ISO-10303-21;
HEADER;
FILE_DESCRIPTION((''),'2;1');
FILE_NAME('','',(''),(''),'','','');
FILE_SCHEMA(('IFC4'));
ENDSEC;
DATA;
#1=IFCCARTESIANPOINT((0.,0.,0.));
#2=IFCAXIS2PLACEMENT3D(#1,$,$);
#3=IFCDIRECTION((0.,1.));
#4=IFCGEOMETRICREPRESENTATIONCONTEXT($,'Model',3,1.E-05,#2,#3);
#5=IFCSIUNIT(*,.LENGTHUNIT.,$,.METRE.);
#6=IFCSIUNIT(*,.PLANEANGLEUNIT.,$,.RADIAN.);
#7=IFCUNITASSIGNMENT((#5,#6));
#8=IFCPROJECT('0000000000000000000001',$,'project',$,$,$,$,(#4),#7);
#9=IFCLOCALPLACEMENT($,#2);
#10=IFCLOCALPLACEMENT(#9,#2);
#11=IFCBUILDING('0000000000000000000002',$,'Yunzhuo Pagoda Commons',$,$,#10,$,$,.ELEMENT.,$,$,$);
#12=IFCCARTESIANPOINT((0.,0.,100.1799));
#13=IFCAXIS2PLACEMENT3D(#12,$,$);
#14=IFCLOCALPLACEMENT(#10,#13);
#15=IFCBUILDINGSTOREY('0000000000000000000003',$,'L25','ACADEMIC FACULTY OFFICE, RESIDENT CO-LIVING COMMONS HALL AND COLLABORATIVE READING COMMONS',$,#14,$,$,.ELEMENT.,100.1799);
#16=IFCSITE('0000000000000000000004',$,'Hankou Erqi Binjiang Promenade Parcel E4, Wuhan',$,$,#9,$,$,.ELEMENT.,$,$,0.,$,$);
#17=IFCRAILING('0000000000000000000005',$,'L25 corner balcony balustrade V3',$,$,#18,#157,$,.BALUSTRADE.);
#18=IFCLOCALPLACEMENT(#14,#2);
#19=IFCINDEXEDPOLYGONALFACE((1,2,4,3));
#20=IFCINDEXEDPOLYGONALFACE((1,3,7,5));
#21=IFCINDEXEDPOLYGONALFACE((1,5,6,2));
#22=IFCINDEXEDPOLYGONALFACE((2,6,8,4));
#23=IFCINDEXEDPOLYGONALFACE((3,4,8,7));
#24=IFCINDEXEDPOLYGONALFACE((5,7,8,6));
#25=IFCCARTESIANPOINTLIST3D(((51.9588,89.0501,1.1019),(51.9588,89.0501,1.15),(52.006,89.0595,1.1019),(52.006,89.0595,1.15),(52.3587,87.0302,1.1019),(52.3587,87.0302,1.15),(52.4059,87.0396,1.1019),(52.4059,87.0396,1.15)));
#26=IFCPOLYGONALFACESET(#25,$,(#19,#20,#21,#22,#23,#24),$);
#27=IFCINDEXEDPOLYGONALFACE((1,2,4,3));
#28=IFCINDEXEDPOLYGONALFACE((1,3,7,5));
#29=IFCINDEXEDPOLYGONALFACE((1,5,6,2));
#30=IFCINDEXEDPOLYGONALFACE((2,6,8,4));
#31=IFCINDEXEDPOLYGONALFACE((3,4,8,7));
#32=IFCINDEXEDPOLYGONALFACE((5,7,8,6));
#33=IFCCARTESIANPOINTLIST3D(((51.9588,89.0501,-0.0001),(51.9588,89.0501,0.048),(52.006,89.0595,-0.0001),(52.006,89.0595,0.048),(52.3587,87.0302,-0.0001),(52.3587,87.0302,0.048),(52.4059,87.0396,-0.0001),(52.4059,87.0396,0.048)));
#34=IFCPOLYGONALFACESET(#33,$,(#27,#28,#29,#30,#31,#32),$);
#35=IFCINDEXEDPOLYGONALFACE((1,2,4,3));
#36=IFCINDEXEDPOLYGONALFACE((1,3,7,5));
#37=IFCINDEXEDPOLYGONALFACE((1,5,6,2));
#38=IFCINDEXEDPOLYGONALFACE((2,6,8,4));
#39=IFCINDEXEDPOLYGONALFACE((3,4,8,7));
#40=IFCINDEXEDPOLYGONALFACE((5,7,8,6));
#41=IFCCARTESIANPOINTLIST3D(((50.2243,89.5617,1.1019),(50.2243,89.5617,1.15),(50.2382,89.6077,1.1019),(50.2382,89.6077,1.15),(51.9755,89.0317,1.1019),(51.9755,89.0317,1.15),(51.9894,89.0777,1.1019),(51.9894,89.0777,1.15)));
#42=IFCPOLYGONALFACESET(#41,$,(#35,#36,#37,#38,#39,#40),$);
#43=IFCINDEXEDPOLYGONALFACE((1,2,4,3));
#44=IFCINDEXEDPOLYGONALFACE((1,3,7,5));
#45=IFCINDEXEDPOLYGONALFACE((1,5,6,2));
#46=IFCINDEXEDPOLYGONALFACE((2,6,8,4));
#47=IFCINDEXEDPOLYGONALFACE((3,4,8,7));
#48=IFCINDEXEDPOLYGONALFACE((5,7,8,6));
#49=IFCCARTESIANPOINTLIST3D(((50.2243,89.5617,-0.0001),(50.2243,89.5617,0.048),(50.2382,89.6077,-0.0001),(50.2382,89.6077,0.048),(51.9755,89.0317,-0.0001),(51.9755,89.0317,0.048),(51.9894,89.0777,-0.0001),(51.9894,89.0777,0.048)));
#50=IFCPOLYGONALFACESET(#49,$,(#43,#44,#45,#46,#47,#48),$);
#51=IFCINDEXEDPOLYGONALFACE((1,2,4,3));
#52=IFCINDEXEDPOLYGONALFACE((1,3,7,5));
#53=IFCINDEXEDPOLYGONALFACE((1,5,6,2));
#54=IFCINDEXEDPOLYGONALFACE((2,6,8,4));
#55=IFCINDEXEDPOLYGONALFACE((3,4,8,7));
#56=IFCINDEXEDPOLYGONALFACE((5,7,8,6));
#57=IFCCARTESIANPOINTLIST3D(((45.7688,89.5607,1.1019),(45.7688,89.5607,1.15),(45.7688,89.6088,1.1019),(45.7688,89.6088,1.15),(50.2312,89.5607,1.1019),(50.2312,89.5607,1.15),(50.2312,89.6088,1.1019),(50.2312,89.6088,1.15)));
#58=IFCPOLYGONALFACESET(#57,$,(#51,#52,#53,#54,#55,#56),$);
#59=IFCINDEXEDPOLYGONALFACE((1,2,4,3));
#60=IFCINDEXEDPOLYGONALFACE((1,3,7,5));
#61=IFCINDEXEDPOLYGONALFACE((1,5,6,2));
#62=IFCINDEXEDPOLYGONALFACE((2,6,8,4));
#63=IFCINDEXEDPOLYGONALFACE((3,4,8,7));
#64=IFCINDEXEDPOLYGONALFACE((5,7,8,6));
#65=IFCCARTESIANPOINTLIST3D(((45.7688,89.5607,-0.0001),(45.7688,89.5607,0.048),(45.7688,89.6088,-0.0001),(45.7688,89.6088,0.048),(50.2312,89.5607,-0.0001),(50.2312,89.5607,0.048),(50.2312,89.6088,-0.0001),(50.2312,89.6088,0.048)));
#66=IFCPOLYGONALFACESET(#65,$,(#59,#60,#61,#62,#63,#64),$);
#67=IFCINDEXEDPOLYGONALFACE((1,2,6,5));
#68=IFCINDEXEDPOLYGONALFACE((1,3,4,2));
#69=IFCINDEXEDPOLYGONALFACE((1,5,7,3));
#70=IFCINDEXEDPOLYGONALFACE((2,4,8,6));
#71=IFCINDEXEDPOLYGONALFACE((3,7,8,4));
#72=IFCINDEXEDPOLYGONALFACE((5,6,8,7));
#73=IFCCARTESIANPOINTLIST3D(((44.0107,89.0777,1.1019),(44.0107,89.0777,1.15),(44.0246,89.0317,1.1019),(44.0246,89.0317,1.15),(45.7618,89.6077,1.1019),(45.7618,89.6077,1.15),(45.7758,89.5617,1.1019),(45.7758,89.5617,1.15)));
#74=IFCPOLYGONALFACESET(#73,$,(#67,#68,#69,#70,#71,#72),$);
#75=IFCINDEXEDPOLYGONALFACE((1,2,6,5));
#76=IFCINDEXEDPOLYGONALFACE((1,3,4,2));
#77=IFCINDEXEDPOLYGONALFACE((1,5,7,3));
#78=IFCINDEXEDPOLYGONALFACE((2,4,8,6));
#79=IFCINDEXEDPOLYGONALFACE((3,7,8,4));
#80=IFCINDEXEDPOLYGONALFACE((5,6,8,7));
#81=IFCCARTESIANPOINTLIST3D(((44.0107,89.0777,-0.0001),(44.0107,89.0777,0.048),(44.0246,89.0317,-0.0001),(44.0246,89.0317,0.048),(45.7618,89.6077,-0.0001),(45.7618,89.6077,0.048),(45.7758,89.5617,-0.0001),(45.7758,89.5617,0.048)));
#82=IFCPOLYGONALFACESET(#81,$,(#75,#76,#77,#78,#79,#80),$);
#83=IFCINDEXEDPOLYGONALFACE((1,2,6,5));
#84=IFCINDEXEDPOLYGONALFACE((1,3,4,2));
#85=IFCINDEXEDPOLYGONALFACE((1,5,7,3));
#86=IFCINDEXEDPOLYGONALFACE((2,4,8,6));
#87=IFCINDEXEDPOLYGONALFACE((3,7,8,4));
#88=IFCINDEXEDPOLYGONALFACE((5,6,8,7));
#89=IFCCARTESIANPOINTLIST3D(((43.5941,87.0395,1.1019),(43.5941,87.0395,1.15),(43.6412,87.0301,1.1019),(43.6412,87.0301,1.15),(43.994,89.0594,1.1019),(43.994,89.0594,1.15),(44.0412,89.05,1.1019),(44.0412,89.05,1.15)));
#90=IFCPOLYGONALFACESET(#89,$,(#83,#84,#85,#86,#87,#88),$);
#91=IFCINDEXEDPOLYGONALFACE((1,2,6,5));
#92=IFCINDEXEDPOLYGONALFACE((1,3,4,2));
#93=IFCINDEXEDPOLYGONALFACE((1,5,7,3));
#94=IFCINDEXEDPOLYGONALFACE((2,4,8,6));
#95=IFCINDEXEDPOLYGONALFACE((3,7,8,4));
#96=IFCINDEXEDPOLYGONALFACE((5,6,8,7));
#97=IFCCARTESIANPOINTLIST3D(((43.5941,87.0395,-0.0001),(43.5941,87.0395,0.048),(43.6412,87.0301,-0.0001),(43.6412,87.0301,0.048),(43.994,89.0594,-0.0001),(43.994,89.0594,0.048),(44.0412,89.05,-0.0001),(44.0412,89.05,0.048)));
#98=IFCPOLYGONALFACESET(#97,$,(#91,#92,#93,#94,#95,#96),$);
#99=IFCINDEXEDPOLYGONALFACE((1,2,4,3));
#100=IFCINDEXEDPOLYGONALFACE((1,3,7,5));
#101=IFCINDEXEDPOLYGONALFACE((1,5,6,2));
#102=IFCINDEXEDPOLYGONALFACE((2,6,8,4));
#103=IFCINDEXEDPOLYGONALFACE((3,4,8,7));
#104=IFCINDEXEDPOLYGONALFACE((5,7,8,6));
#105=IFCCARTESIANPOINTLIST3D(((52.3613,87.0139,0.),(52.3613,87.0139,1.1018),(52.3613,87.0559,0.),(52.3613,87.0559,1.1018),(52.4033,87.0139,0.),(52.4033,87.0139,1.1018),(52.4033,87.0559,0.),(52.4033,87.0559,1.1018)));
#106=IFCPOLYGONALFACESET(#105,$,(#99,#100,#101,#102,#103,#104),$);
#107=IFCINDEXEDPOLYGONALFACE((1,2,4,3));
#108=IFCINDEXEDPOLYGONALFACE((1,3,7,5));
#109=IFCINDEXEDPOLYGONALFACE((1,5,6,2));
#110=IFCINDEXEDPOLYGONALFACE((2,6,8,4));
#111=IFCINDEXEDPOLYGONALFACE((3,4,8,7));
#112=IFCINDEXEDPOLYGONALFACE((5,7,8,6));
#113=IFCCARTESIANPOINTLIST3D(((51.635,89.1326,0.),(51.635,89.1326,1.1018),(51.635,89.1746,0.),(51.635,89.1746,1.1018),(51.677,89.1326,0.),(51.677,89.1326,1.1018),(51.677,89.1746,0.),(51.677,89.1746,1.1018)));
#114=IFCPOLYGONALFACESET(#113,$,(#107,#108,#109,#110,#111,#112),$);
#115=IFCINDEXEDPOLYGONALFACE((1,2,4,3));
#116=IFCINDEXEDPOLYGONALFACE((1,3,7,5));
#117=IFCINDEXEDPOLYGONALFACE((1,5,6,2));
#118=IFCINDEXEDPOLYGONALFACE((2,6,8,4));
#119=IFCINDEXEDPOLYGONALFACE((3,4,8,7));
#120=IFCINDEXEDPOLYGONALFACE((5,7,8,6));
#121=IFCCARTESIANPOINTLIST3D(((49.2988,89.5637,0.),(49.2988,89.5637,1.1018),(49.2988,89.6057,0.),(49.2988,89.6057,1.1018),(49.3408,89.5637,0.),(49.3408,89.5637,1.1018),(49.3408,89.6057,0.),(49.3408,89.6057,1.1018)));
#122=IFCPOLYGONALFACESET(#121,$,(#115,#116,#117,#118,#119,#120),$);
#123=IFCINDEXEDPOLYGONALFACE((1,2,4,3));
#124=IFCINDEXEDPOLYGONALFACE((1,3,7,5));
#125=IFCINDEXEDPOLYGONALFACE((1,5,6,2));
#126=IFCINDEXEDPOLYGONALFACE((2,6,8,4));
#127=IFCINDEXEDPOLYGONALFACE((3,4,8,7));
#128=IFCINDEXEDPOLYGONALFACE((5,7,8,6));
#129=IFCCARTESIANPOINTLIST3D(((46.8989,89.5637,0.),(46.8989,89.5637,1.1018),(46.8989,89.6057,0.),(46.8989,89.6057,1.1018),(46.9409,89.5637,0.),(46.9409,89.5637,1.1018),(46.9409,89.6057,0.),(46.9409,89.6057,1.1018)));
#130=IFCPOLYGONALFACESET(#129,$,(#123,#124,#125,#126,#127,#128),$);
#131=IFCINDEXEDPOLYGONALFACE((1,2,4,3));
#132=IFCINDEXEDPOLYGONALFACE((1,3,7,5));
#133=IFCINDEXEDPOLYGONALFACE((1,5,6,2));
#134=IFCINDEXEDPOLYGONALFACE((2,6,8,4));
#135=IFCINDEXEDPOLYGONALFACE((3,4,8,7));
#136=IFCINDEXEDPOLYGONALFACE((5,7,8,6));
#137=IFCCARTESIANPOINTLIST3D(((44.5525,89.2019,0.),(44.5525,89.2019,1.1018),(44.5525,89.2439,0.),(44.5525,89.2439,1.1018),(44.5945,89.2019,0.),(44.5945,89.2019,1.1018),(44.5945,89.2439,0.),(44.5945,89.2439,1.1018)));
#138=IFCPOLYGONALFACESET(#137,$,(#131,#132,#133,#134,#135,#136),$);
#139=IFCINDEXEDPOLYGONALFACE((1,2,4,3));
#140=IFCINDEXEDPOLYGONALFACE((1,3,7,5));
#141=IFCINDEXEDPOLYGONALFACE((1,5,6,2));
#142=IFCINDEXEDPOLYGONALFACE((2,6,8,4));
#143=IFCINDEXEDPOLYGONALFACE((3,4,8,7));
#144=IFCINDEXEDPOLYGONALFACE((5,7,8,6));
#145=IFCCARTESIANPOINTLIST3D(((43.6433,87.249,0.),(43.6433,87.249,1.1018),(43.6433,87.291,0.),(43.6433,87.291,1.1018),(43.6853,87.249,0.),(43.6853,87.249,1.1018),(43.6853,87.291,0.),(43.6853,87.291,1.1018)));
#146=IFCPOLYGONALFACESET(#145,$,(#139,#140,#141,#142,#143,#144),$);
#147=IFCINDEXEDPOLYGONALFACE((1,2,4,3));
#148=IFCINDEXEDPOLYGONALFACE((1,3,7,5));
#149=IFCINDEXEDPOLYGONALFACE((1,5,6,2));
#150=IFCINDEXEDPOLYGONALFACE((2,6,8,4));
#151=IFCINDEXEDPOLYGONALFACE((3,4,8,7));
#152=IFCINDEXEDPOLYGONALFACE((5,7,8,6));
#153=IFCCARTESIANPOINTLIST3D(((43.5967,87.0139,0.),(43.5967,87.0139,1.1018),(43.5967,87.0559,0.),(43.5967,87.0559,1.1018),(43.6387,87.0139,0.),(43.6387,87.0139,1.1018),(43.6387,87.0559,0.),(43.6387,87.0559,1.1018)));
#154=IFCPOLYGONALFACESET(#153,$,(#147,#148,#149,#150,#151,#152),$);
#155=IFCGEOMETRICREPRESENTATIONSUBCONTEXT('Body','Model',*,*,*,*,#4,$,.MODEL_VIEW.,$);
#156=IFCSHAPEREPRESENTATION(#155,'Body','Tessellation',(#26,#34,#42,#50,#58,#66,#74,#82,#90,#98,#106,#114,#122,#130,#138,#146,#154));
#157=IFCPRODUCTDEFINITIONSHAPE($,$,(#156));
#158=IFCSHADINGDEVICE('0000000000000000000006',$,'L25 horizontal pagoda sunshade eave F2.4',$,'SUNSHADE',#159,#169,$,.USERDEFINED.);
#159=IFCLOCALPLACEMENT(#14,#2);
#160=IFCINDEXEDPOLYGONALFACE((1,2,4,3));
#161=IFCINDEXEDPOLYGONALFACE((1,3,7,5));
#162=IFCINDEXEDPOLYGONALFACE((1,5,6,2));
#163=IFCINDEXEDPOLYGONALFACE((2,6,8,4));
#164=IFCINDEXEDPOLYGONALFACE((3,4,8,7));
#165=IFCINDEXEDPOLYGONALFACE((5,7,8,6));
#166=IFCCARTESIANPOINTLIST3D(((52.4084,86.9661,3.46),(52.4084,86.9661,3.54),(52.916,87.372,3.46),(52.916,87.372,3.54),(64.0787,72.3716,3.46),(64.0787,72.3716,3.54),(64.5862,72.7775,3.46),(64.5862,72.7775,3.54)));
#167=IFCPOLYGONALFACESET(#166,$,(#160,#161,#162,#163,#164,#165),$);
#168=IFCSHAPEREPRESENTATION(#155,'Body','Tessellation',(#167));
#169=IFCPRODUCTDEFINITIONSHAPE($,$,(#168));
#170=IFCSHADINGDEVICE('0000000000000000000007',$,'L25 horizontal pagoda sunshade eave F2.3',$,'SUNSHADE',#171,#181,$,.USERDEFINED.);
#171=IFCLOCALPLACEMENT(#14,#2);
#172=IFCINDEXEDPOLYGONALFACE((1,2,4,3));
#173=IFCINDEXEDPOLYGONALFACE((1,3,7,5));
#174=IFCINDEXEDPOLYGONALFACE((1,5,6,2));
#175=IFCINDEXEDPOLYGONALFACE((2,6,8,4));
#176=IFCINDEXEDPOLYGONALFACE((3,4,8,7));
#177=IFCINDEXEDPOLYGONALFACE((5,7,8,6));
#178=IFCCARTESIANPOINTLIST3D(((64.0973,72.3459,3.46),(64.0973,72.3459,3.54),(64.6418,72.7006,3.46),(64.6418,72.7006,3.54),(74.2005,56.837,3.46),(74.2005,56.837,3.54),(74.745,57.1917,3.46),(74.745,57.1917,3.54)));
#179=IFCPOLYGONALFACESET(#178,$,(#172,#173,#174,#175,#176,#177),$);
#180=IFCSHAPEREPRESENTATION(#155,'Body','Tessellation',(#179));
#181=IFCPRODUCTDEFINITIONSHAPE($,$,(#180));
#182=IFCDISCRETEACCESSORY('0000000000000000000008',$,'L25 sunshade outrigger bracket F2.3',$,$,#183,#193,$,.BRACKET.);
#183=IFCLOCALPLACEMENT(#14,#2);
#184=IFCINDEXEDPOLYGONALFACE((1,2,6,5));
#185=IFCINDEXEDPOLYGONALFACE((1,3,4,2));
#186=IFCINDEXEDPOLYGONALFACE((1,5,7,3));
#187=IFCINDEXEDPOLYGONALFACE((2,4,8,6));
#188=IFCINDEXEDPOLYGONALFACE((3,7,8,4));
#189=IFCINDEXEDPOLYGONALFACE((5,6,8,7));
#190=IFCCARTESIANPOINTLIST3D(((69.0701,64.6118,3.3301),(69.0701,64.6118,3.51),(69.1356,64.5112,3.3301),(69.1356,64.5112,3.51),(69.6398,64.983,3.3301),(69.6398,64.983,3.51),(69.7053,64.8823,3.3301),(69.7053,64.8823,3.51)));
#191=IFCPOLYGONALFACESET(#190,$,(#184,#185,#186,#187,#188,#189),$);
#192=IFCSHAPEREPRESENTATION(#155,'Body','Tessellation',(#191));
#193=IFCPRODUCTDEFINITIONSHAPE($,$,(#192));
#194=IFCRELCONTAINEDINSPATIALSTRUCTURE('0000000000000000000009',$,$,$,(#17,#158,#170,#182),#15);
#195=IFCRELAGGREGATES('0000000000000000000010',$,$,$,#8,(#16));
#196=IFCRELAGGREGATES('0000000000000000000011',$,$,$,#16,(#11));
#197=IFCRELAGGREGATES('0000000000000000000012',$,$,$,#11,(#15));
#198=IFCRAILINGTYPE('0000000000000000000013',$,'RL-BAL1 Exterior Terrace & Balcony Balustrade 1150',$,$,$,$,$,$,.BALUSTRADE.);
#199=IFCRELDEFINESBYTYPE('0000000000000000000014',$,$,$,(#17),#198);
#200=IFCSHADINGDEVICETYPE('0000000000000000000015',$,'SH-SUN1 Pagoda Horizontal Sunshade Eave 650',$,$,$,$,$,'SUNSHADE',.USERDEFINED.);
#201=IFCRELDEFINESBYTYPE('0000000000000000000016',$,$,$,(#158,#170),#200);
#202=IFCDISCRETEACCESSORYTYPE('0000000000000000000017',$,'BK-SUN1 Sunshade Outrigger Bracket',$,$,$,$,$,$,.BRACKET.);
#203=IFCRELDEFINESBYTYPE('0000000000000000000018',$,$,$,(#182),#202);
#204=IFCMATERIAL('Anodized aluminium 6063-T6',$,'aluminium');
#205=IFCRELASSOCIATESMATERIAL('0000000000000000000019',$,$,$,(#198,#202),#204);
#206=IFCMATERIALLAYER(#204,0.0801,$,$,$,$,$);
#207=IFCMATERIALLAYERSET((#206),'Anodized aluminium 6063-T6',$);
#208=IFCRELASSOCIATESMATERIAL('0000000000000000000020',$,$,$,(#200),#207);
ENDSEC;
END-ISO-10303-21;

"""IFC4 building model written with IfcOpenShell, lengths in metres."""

from ifc_helpers import new_model, si_unit, direction, frame, origin, origin_2d, place, context, subcontext, project, spatial, rectangle, extrude, source, transform, mapped, material, layer, layer_set, type_object, element, save


model = new_model("IFC4")

# Units and contexts
model_context = context("Model", 3, precision=1e-05, world=origin(), true_north=direction((0.0, 1.0)))
body_context = subcontext(model_context, "Body", "Model", "MODEL_VIEW")
ifc_project = project(units=[si_unit("LENGTHUNIT", "METRE"), si_unit("PLANEANGLEUNIT", "RADIAN")], contexts=[model_context])

# Site, building, storey
site_placement = place(None, origin())
site = spatial("IfcSite", under=ifc_project, at=site_placement, Name="Hankou Erqi Binjiang Promenade Parcel E4, Wuhan", CompositionType="ELEMENT", RefElevation=0.0)
building_placement = place(site_placement, origin())
building = spatial("IfcBuilding", under=site, at=building_placement, Name="Yunzhuo Pagoda Commons", CompositionType="ELEMENT")
storey_placement = place(building_placement, frame((0.0, 0.0, 100.1799)))
storey = spatial("IfcBuildingStorey", under=building, at=storey_placement, Name="L25", Description="ACADEMIC FACULTY OFFICE, RESIDENT CO-LIVING COMMONS HALL AND COLLABORATIVE READING COMMONS", CompositionType="ELEMENT", Elevation=100.1799)

# Shared definitions
ifc_material_1 = material(Name="Anodized aluminium 6063-T6", Category="aluminium")

# Railing
railing_type_1 = type_object("IfcRailingType", Name="RL-BAL1 Exterior Terrace & Balcony Balustrade 1150", PredefinedType="BALUSTRADE", material=ifc_material_1)
railing_1_placement = place(storey_placement, frame((52.3823, 87.0349, 0.0)))
element("IfcRailing", 1, at=railing_1_placement, inside=storey, type_object=railing_type_1, Name="L25 corner balcony balustrade V3", PredefinedType="BALUSTRADE", context=body_context, shape_type="SweptSolid", body=[
    extrude(rectangle(XDim=0.0481, YDim=0.0481, at=origin_2d()), frame((0.0, 0.0, 1.126), z_axis=(-0.194223, 0.980957, 0.0), x_axis=(-0.980957, -0.194223, 0.0)), (0.0, 0.0, 1.0), 2.0591),
    extrude(rectangle(XDim=0.0481, YDim=0.0481, at=origin_2d()), frame((0.0, 0.0, 0.0239), z_axis=(-0.194223, 0.980957, 0.0), x_axis=(-0.980957, -0.194223, 0.0)), (0.0, 0.0, 1.0), 2.0591),
    extrude(rectangle(XDim=0.0481, YDim=0.0481, at=origin_2d()), frame((-0.3999, 2.0198, 1.126), z_axis=(-0.957122, 0.289685, 0.0), x_axis=(-0.289685, -0.957122, 0.0)), (0.0, 0.0, 1.0), 1.8296),
    extrude(rectangle(XDim=0.0481, YDim=0.0481, at=origin_2d()), frame((-0.3999, 2.0198, 0.0239), z_axis=(-0.957122, 0.289685, 0.0), x_axis=(-0.289685, -0.957122, 0.0)), (0.0, 0.0, 1.0), 1.8296),
    extrude(rectangle(XDim=0.0481, YDim=0.0481, at=origin_2d()), frame((-2.1511, 2.5498, 1.126), z_axis=(-1.0, 0.0, 0.0), x_axis=(0.0, -1.0, 0.0)), (0.0, 0.0, 1.0), 4.4624),
    extrude(rectangle(XDim=0.0481, YDim=0.0481, at=origin_2d()), frame((-2.1511, 2.5498, 0.0239), z_axis=(-1.0, 0.0, 0.0), x_axis=(0.0, -1.0, 0.0)), (0.0, 0.0, 1.0), 4.4624),
    extrude(rectangle(XDim=0.0481, YDim=0.0481, at=origin_2d()), frame((-6.6135, 2.5498, 1.126), z_axis=(-0.957122, -0.289685, 0.0), x_axis=(0.289685, -0.957122, 0.0)), (0.0, 0.0, 1.0), 1.8296),
    extrude(rectangle(XDim=0.0481, YDim=0.0481, at=origin_2d()), frame((-6.6135, 2.5498, 0.0239), z_axis=(-0.957122, -0.289685, 0.0), x_axis=(0.289685, -0.957122, 0.0)), (0.0, 0.0, 1.0), 1.8296),
    extrude(rectangle(XDim=0.0481, YDim=0.0481, at=origin_2d()), frame((-8.3647, 2.0198, 1.126), z_axis=(-0.194223, -0.980957, 0.0), x_axis=(0.980957, -0.194223, 0.0)), (0.0, 0.0, 1.0), 2.0591),
    extrude(rectangle(XDim=0.0481, YDim=0.0481, at=origin_2d()), frame((-8.3647, 2.0198, 0.0239), z_axis=(-0.194223, -0.980957, 0.0), x_axis=(0.980957, -0.194223, 0.0)), (0.0, 0.0, 1.0), 2.0591),
    extrude(rectangle(XDim=0.042, YDim=0.042, at=origin_2d()), origin(), (0.0, 0.0, 1.0), 1.1018),
    extrude(rectangle(XDim=0.042, YDim=0.042, at=origin_2d()), frame((-0.7263, 2.1187, 0.0)), (0.0, 0.0, 1.0), 1.1018),
    extrude(rectangle(XDim=0.042, YDim=0.042, at=origin_2d()), frame((-3.0625, 2.5498, 0.0)), (0.0, 0.0, 1.0), 1.1018),
    extrude(rectangle(XDim=0.042, YDim=0.042, at=origin_2d()), frame((-5.4624, 2.5498, 0.0)), (0.0, 0.0, 1.0), 1.1018),
    extrude(rectangle(XDim=0.042, YDim=0.042, at=origin_2d()), frame((-7.8088, 2.188, 0.0)), (0.0, 0.0, 1.0), 1.1018),
    extrude(rectangle(XDim=0.042, YDim=0.042, at=origin_2d()), frame((-8.718, 0.2351, 0.0)), (0.0, 0.0, 1.0), 1.1018),
    extrude(rectangle(XDim=0.042, YDim=0.042, at=origin_2d()), frame((-8.7646, 0.0, 0.0)), (0.0, 0.0, 1.0), 1.1018),
])

# Shading devices
ifc_layer_1 = layer(ifc_material_1, 0.0801)
ifc_layer_set_1 = layer_set([ifc_layer_1], Name="Anodized aluminium 6063-T6")
shading_device_type = type_object("IfcShadingDeviceType", Name="SH-SUN1 Pagoda Horizontal Sunshade Eave 650", ElementType="SUNSHADE", PredefinedType="USERDEFINED", material=ifc_layer_set_1)
shared_shape_1 = source(origin(), body_context, "Body", "SweptSolid", [
    extrude(rectangle(XDim=18.6868, YDim=0.6499, at=origin_2d()), origin(), (0.0, 0.0, 1.0), 0.0801),
])
shading_device_1_placement = place(storey_placement, frame((58.4973, 79.8718, 3.46), z_axis=(0.0, 0.0, 1.0), x_axis=(-0.62452, 0.781008, 0.0)))
element("IfcShadingDevice", 2, at=shading_device_1_placement, inside=storey, type_object=shading_device_type, Name="L25 horizontal pagoda sunshade eave F2.4", ObjectType="SUNSHADE", PredefinedType="USERDEFINED", context=body_context, shape_type="MappedRepresentation", body=[
    mapped(shared_shape_1, transform((0.0, 0.0, 0.0), scale=1.0)),
])
shared_shape_2 = source(origin(), body_context, "Body", "SweptSolid", [
    extrude(rectangle(XDim=18.5095, YDim=0.6499, at=origin_2d()), origin(), (0.0, 0.0, 1.0), 0.0801),
])
shading_device_2_placement = place(storey_placement, frame((69.4211, 64.7688, 3.46), z_axis=(0.0, 0.0, 1.0), x_axis=(-0.545839, 0.83789, 0.0)))
element("IfcShadingDevice", 3, at=shading_device_2_placement, inside=storey, type_object=shading_device_type, Name="L25 horizontal pagoda sunshade eave F2.3", ObjectType="SUNSHADE", PredefinedType="USERDEFINED", context=body_context, shape_type="MappedRepresentation", body=[
    mapped(shared_shape_2, transform((0.0, 0.0, 0.0), scale=1.0)),
])

# Discrete accessory
discrete_accessory_type = type_object("IfcDiscreteAccessoryType", Name="BK-SUN1 Sunshade Outrigger Bracket", PredefinedType="BRACKET", material=ifc_material_1)
shared_shape_3 = source(origin(), body_context, "Body", "SweptSolid", [
    extrude(rectangle(XDim=0.1201, YDim=0.6799, at=origin_2d()), origin(), (0.0, 0.0, 1.0), 0.1799),
])
discrete_accessory_placement = place(storey_placement, frame((69.3877, 64.7471, 3.3301), z_axis=(0.0, 0.0, 1.0), x_axis=(-0.545839, 0.83789, 0.0)))
element("IfcDiscreteAccessory", 4, at=discrete_accessory_placement, inside=storey, type_object=discrete_accessory_type, Name="L25 sunshade outrigger bracket F2.3", PredefinedType="BRACKET", context=body_context, shape_type="MappedRepresentation", body=[
    mapped(shared_shape_3, transform((0.0, 0.0, 0.0), scale=1.0)),
])

save(model, "model.ifc")
